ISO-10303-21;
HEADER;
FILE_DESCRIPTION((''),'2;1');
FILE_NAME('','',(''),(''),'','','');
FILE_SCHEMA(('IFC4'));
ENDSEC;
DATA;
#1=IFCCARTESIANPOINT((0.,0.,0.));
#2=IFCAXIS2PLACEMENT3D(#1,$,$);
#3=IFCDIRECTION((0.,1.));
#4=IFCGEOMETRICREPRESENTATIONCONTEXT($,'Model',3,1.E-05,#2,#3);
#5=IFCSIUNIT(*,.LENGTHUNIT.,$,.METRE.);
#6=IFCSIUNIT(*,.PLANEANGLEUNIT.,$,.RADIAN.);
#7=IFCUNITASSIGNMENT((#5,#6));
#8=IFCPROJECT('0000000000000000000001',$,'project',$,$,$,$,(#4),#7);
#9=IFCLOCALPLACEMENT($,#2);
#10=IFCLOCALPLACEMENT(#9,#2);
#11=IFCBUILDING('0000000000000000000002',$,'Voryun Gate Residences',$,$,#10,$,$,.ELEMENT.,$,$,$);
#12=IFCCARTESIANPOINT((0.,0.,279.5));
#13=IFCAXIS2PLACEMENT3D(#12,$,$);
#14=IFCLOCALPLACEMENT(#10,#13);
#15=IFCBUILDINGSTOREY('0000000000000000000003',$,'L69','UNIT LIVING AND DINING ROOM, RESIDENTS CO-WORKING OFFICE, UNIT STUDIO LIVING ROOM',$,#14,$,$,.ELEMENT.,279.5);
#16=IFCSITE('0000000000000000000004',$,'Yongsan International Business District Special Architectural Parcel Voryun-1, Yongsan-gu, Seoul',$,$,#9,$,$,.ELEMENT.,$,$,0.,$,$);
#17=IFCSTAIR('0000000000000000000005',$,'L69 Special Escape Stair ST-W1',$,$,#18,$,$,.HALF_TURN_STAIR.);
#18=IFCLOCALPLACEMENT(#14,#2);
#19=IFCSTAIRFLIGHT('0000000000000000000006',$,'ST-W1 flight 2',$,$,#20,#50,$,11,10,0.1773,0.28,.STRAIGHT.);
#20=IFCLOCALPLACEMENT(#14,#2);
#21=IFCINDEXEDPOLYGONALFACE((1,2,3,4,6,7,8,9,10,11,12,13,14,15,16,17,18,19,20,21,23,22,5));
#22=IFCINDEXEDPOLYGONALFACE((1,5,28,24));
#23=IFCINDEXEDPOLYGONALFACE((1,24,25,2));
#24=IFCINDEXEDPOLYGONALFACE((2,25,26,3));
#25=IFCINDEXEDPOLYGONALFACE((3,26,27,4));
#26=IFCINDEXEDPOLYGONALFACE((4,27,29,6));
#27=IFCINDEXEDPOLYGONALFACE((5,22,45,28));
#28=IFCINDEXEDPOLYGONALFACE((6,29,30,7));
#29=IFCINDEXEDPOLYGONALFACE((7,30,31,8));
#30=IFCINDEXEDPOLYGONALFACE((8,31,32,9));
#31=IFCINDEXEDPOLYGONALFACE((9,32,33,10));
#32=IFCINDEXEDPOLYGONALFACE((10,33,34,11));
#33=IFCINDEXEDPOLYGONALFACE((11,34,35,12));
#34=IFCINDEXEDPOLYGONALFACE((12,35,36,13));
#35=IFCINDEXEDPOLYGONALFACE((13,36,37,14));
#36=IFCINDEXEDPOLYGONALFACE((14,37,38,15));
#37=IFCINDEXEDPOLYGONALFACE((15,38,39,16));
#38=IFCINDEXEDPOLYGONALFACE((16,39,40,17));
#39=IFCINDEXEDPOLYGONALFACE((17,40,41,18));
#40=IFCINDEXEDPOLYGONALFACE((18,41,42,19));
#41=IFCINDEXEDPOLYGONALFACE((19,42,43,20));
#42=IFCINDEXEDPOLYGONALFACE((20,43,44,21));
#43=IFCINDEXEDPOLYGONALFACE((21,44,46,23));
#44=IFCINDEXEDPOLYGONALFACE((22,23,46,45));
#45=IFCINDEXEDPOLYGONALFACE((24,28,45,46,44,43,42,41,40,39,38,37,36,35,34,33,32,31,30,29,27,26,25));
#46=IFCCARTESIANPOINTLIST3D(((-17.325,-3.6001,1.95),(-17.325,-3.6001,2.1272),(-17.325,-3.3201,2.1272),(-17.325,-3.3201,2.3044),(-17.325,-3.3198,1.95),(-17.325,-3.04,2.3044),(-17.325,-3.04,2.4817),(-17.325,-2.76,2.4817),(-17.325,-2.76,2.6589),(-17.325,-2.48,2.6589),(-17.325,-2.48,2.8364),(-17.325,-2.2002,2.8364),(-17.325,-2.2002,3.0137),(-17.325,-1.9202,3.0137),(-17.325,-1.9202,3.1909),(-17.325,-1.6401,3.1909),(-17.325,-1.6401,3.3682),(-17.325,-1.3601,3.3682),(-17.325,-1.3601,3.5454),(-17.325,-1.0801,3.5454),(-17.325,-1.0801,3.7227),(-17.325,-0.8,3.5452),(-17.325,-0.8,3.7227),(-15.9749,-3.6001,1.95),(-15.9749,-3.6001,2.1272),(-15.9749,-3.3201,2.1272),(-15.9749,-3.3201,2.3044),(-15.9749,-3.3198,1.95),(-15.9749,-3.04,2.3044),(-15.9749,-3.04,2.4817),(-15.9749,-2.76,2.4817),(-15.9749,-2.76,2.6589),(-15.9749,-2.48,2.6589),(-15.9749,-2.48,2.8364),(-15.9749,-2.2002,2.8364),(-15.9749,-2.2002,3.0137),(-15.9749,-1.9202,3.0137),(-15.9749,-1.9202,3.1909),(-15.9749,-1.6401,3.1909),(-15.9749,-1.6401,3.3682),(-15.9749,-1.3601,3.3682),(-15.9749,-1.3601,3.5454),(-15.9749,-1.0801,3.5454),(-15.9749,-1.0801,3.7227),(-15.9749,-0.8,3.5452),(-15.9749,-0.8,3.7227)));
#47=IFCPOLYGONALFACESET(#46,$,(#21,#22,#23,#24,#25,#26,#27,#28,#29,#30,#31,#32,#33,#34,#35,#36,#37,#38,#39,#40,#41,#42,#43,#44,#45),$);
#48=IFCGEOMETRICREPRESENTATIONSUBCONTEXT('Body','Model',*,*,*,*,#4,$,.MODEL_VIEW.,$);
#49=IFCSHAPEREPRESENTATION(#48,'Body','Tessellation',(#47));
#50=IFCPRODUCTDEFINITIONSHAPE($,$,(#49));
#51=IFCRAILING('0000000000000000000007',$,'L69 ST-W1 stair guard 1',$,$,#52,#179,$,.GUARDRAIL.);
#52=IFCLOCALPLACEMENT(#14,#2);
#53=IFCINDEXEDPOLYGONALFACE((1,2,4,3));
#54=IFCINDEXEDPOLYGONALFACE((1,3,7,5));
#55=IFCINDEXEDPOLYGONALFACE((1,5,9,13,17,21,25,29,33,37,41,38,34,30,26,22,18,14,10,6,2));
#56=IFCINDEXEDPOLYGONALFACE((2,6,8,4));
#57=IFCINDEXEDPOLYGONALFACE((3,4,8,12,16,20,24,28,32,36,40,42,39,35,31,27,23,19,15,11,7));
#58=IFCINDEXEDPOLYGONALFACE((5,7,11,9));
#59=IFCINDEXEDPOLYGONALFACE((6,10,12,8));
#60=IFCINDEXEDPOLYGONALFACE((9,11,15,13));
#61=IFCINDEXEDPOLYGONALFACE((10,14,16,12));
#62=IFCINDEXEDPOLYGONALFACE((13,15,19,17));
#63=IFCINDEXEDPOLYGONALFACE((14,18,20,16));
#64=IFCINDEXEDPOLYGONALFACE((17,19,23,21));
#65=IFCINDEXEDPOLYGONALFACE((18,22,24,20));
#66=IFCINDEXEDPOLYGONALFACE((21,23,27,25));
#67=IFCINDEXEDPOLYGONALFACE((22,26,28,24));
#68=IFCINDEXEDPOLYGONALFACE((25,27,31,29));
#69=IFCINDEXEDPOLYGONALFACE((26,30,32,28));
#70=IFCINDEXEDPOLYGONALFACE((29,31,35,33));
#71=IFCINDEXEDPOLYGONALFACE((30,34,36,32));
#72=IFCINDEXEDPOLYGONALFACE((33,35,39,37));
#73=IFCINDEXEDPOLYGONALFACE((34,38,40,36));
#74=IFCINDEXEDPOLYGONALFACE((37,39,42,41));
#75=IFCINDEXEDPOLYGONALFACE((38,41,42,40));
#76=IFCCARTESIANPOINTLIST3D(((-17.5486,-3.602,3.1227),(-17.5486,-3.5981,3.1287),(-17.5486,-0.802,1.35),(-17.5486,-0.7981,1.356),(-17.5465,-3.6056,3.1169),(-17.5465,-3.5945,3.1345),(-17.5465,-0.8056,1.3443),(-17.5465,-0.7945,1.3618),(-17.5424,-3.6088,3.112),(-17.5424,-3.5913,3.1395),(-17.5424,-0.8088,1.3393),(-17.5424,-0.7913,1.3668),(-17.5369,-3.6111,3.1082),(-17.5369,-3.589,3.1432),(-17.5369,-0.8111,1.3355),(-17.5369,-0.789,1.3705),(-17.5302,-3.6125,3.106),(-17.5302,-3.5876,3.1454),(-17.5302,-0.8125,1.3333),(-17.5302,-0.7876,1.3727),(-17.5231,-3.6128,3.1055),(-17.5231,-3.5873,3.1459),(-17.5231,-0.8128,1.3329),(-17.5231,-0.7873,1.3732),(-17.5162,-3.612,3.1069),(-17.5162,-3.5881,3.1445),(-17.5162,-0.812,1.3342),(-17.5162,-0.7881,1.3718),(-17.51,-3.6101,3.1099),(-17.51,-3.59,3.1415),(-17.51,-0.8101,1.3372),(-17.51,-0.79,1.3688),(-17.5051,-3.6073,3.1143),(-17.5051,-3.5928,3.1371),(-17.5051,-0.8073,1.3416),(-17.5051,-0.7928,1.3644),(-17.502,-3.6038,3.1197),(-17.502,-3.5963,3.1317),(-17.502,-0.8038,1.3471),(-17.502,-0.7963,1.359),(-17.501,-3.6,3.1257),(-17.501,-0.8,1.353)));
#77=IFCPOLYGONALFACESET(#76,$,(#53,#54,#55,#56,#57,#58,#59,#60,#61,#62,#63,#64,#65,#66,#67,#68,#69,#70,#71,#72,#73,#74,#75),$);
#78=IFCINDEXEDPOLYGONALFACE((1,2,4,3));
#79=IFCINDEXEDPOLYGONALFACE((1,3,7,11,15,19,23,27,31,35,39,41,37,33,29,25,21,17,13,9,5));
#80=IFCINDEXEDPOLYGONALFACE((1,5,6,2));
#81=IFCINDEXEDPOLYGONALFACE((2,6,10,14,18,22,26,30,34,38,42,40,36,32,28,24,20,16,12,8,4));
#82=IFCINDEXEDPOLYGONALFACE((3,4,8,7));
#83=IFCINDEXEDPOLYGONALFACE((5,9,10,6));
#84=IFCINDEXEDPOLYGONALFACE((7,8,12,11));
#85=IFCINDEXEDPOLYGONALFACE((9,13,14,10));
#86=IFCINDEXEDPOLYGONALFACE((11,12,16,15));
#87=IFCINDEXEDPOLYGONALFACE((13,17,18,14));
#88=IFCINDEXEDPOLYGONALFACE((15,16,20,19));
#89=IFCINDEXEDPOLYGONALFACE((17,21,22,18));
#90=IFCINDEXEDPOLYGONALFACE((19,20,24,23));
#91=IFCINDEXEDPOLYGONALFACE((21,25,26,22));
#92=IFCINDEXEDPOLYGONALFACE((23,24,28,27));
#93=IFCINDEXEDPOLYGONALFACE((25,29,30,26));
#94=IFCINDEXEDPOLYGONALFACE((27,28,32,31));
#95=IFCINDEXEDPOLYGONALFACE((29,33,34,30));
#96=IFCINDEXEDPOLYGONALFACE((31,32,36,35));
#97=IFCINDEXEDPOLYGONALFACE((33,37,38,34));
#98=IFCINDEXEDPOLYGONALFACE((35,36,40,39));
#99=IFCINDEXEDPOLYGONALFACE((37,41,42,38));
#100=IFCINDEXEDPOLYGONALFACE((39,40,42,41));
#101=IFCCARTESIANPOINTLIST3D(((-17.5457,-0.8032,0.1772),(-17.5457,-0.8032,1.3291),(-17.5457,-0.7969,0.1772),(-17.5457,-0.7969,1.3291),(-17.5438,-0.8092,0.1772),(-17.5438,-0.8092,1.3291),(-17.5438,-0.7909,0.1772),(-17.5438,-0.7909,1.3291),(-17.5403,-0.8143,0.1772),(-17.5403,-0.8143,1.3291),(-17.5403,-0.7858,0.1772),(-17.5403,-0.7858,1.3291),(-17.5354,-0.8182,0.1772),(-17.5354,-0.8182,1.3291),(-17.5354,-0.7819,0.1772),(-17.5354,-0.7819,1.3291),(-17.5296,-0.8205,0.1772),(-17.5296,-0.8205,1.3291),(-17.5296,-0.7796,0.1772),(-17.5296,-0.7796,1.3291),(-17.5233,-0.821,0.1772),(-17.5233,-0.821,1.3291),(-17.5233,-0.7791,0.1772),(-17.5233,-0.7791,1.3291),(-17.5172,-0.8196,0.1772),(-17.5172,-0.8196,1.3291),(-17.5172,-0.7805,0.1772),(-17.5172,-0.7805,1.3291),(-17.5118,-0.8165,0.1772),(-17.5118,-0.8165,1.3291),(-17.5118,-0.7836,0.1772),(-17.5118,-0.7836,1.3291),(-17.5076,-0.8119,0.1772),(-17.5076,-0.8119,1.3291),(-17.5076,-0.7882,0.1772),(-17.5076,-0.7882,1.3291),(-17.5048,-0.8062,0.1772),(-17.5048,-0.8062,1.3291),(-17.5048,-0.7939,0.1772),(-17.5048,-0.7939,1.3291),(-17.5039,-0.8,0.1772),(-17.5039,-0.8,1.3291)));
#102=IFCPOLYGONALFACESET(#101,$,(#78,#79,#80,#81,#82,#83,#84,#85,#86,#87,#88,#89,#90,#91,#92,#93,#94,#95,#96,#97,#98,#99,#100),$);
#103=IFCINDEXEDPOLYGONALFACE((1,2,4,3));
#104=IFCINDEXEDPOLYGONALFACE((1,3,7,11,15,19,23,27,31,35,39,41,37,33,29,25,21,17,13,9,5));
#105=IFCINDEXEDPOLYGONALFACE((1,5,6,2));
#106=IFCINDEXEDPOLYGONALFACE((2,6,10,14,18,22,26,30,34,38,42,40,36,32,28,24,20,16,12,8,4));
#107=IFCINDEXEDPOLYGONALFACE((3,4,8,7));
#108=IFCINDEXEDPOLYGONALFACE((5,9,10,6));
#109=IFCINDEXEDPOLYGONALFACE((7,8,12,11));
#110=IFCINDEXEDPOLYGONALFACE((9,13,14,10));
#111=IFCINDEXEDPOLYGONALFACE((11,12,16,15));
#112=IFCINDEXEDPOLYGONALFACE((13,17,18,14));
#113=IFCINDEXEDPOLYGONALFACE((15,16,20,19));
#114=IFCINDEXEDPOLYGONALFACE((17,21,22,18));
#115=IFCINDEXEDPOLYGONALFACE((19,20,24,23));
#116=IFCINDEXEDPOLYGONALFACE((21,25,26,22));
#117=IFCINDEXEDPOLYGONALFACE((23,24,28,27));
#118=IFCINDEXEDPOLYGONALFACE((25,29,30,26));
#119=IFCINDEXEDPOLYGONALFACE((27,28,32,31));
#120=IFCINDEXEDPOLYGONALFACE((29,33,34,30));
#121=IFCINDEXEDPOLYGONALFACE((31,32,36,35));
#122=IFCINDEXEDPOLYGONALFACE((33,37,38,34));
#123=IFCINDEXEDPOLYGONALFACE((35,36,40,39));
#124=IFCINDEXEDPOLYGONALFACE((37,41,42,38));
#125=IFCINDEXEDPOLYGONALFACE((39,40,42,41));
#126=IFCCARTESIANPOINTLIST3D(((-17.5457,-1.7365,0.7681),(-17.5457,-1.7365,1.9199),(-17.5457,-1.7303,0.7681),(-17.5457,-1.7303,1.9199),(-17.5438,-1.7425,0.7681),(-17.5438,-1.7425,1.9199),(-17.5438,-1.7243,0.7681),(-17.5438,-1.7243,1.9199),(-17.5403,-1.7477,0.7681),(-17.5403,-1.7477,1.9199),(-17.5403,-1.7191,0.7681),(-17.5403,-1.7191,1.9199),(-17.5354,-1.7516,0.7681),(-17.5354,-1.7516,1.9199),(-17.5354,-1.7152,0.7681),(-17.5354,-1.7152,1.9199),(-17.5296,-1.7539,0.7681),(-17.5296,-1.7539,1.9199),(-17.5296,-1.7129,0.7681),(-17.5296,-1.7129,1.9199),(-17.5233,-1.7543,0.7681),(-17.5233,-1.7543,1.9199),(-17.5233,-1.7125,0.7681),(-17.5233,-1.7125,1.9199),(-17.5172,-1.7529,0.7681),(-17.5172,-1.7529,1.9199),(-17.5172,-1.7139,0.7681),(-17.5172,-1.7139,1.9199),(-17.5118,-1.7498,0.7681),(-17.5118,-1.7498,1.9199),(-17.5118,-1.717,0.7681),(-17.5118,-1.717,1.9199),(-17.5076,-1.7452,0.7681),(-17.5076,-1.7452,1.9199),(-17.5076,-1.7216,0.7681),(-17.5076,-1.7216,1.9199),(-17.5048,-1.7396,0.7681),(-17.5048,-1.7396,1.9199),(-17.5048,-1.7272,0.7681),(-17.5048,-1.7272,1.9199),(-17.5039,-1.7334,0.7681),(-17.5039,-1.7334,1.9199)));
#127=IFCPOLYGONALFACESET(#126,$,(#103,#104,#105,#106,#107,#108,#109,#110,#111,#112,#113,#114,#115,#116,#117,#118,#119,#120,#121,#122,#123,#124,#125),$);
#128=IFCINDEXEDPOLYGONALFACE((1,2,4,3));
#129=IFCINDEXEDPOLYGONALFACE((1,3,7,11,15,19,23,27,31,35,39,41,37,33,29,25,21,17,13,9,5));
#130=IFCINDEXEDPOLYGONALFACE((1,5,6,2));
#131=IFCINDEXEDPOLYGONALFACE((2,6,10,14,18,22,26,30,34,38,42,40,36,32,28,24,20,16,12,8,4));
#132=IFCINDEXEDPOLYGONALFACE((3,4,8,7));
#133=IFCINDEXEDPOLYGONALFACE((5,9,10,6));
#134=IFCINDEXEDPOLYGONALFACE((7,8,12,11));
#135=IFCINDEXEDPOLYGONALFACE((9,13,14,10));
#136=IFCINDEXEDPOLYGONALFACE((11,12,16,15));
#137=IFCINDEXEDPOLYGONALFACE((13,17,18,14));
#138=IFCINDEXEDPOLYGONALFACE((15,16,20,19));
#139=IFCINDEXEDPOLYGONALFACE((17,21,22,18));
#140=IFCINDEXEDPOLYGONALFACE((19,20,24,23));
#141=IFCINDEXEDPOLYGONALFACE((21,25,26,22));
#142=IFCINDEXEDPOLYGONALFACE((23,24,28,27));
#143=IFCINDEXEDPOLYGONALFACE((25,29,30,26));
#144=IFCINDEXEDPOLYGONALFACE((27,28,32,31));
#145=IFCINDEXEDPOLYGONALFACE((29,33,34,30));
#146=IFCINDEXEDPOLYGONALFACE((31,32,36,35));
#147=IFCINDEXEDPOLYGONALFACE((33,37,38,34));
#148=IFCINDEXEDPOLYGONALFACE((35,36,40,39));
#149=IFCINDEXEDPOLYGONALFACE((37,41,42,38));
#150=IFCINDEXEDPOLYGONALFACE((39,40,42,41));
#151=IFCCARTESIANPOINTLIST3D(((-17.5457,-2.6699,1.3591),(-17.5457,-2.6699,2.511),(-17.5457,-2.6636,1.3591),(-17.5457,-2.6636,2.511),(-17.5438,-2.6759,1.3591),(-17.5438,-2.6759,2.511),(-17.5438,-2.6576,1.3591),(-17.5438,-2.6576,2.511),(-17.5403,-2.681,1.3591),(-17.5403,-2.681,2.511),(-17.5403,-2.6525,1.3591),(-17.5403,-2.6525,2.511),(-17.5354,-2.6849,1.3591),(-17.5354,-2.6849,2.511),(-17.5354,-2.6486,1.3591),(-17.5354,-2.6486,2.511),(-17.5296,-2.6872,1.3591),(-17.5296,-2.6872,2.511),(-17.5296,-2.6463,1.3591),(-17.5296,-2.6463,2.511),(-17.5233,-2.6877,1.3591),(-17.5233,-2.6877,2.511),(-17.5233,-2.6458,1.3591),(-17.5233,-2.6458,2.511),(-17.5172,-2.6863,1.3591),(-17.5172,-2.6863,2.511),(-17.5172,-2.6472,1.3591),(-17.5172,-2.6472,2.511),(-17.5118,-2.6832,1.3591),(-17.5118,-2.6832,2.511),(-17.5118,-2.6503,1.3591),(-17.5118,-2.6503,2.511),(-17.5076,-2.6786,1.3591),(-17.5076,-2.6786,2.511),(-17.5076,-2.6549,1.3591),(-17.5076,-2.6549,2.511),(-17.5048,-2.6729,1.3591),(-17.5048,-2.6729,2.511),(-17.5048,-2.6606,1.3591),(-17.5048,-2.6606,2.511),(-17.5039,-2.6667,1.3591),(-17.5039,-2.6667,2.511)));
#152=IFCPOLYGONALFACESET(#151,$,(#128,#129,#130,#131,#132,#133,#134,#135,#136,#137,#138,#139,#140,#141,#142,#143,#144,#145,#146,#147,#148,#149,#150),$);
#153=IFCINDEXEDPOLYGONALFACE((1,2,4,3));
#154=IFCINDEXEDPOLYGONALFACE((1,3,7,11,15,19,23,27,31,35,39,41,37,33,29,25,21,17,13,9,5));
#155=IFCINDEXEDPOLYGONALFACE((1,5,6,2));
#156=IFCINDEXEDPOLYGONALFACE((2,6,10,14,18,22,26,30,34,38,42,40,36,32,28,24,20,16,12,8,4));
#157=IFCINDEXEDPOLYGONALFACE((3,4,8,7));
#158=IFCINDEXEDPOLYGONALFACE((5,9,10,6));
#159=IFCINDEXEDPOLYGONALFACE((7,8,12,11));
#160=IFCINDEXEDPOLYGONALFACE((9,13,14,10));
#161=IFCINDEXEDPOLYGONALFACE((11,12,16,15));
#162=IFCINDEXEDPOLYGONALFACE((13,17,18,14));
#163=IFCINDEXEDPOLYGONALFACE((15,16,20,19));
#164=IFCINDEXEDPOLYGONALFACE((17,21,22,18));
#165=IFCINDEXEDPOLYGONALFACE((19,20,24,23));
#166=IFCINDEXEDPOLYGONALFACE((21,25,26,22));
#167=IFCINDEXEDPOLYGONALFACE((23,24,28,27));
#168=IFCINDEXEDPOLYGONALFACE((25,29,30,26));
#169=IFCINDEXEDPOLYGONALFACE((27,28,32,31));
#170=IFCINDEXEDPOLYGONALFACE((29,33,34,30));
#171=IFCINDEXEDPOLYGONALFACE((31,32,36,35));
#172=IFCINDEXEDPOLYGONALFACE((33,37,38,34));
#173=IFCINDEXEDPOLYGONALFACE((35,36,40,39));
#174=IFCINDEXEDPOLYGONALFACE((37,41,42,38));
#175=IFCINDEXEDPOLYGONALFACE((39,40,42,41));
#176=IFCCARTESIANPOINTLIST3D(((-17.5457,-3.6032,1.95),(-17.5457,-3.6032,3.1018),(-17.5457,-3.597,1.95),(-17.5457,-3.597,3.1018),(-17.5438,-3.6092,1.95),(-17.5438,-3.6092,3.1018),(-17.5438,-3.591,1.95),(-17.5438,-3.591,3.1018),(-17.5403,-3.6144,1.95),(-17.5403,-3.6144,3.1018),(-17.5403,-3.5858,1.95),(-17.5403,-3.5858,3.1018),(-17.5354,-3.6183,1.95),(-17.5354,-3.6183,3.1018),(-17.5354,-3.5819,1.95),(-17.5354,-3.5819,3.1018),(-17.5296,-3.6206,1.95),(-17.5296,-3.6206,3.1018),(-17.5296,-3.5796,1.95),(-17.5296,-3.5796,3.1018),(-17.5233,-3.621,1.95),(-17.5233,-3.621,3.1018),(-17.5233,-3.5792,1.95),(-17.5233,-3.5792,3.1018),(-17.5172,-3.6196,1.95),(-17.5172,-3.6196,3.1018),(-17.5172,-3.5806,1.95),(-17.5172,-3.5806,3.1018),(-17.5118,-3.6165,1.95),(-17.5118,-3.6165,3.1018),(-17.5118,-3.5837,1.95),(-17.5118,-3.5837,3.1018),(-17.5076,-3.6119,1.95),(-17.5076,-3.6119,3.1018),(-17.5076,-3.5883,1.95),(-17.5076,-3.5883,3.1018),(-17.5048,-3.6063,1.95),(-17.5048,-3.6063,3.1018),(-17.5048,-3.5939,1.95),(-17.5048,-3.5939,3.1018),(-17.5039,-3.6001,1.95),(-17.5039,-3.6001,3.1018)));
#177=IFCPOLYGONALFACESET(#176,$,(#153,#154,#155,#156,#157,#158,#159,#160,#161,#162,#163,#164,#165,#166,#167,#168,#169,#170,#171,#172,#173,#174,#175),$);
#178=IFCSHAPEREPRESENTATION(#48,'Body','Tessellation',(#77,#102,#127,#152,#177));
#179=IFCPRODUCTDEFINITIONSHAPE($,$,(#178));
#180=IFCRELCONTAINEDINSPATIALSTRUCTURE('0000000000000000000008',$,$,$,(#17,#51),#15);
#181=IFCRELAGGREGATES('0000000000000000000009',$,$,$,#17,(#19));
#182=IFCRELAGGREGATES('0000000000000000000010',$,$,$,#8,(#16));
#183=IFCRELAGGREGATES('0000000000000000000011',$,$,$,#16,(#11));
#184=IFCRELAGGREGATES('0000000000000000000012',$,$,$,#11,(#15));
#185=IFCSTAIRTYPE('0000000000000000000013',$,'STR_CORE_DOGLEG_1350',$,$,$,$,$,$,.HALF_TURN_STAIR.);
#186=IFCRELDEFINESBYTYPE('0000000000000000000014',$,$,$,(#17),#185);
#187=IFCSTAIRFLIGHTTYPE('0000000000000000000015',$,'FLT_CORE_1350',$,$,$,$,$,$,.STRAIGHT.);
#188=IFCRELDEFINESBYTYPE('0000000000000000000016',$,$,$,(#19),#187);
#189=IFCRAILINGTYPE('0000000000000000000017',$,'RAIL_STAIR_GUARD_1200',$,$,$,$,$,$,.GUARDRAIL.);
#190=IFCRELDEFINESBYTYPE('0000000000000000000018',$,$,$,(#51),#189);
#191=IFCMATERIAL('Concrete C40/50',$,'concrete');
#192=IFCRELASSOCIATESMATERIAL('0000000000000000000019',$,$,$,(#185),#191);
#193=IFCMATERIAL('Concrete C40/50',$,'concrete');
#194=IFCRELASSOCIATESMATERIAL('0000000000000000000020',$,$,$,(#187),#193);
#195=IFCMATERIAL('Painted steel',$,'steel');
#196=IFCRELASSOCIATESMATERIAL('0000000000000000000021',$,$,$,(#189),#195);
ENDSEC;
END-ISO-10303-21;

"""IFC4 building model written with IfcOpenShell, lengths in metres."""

from ifc_helpers import new_model, si_unit, direction, frame, origin, origin_2d, place, context, subcontext, project, spatial, polyline, circle, outline, extrude, material, type_object, element, aggregate, save


model = new_model("IFC4")

# Units and contexts
model_context = context("Model", 3, precision=1e-05, world=origin(), true_north=direction((0.0, 1.0)))
body_context = subcontext(model_context, "Body", "Model", "MODEL_VIEW")
ifc_project = project(units=[si_unit("LENGTHUNIT", "METRE"), si_unit("PLANEANGLEUNIT", "RADIAN")], contexts=[model_context])

# Site, building, storey
site_placement = place(None, origin())
site = spatial("IfcSite", under=ifc_project, at=site_placement, Name="Yongsan International Business District Special Architectural Parcel Voryun-1, Yongsan-gu, Seoul", CompositionType="ELEMENT", RefElevation=0.0)
building_placement = place(site_placement, origin())
building = spatial("IfcBuilding", under=site, at=building_placement, Name="Voryun Gate Residences", CompositionType="ELEMENT")
storey_placement = place(building_placement, frame((0.0, 0.0, 279.5)))
storey = spatial("IfcBuildingStorey", under=building, at=storey_placement, Name="L69", Description="UNIT LIVING AND DINING ROOM, RESIDENTS CO-WORKING OFFICE, UNIT STUDIO LIVING ROOM", CompositionType="ELEMENT", Elevation=279.5)

# Stair, stair flight
ifc_material_1 = material(Name="Concrete C40/50", Category="concrete")
stair_type = type_object("IfcStairType", Name="STR_CORE_DOGLEG_1350", PredefinedType="HALF_TURN_STAIR", material=ifc_material_1)
stair_placement = place(storey_placement, origin())
stair = element("IfcStair", 1, at=stair_placement, inside=storey, type_object=stair_type, Name="L69 Special Escape Stair ST-W1", PredefinedType="HALF_TURN_STAIR")
ifc_material_2 = material(Name="Concrete C40/50", Category="concrete")
stair_flight_type = type_object("IfcStairFlightType", Name="FLT_CORE_1350", PredefinedType="STRAIGHT", material=ifc_material_2)
stair_flight_1_placement = place(storey_placement, frame((-16.6499, -3.6001, 1.95), z_axis=(0.0, 0.0, 1.0), x_axis=(0.0, 1.0, 0.0)))
stair_flight_1 = element("IfcStairFlight", 2, at=stair_flight_1_placement, type_object=stair_flight_type, Name="ST-W1 flight 2", NumberOfRisers=11, NumberOfTreads=10, PredefinedType="STRAIGHT", RiserHeight=0.1773, TreadLength=0.28, context=body_context, shape_type="SweptSolid", body=[
    extrude(outline(polyline([(0.0, 0.0), (0.0, 0.1772), (0.28, 0.1772), (0.28, 0.3545), (0.5601, 0.3545), (0.5601, 0.5317), (0.8401, 0.5317), (0.8401, 0.709), (1.1201, 0.709), (1.1201, 0.8865), (1.3999, 0.8865), (1.3999, 1.0637), (1.6799, 1.0637), (1.6799, 1.241), (1.96, 1.241), (1.96, 1.4182), (2.24, 1.4182), (2.24, 1.5955), (2.52, 1.5955), (2.52, 1.7727), (2.8, 1.7727), (2.8, 1.95), (2.8, 1.5952), (0.2803, 0.0), (0.0, 0.0)])), frame((0.0, 0.675, 0.0), z_axis=(0.0, -1.0, 0.0), x_axis=(1.0, 0.0, 0.0)), (0.0, 0.0, 1.0), 1.3501),
])
aggregate(stair, [stair_flight_1])

# Railing
ifc_material_3 = material(Name="Painted steel", Category="steel")
railing_type_1 = type_object("IfcRailingType", Name="RAIL_STAIR_GUARD_1200", PredefinedType="GUARDRAIL", material=ifc_material_3)
railing_1_placement = place(storey_placement, frame((-17.5249, -0.8, 0.1772)))
element("IfcRailing", 3, at=railing_1_placement, inside=storey, type_object=railing_type_1, Name="L69 ST-W1 stair guard 1", PredefinedType="GUARDRAIL", context=body_context, shape_type="SweptSolid", body=[
    extrude(circle(Radius=0.0239, at=origin_2d()), frame((0.0, 0.0, 1.1758), z_axis=(0.0, -0.844909, 0.53491), x_axis=(1.0, 0.0, 0.0)), (0.0, 0.0, 1.0), 3.314),
    extrude(circle(Radius=0.021, at=origin_2d()), origin(), (0.0, 0.0, 1.0), 1.1519),
    extrude(circle(Radius=0.021, at=origin_2d()), frame((0.0, -0.9333, 0.5908)), (0.0, 0.0, 1.0), 1.1519),
    extrude(circle(Radius=0.021, at=origin_2d()), frame((0.0, -1.8667, 1.1819)), (0.0, 0.0, 1.0), 1.1519),
    extrude(circle(Radius=0.021, at=origin_2d()), frame((0.0, -2.8, 1.7727)), (0.0, 0.0, 1.0), 1.1519),
])

save(model, "model.ifc")
